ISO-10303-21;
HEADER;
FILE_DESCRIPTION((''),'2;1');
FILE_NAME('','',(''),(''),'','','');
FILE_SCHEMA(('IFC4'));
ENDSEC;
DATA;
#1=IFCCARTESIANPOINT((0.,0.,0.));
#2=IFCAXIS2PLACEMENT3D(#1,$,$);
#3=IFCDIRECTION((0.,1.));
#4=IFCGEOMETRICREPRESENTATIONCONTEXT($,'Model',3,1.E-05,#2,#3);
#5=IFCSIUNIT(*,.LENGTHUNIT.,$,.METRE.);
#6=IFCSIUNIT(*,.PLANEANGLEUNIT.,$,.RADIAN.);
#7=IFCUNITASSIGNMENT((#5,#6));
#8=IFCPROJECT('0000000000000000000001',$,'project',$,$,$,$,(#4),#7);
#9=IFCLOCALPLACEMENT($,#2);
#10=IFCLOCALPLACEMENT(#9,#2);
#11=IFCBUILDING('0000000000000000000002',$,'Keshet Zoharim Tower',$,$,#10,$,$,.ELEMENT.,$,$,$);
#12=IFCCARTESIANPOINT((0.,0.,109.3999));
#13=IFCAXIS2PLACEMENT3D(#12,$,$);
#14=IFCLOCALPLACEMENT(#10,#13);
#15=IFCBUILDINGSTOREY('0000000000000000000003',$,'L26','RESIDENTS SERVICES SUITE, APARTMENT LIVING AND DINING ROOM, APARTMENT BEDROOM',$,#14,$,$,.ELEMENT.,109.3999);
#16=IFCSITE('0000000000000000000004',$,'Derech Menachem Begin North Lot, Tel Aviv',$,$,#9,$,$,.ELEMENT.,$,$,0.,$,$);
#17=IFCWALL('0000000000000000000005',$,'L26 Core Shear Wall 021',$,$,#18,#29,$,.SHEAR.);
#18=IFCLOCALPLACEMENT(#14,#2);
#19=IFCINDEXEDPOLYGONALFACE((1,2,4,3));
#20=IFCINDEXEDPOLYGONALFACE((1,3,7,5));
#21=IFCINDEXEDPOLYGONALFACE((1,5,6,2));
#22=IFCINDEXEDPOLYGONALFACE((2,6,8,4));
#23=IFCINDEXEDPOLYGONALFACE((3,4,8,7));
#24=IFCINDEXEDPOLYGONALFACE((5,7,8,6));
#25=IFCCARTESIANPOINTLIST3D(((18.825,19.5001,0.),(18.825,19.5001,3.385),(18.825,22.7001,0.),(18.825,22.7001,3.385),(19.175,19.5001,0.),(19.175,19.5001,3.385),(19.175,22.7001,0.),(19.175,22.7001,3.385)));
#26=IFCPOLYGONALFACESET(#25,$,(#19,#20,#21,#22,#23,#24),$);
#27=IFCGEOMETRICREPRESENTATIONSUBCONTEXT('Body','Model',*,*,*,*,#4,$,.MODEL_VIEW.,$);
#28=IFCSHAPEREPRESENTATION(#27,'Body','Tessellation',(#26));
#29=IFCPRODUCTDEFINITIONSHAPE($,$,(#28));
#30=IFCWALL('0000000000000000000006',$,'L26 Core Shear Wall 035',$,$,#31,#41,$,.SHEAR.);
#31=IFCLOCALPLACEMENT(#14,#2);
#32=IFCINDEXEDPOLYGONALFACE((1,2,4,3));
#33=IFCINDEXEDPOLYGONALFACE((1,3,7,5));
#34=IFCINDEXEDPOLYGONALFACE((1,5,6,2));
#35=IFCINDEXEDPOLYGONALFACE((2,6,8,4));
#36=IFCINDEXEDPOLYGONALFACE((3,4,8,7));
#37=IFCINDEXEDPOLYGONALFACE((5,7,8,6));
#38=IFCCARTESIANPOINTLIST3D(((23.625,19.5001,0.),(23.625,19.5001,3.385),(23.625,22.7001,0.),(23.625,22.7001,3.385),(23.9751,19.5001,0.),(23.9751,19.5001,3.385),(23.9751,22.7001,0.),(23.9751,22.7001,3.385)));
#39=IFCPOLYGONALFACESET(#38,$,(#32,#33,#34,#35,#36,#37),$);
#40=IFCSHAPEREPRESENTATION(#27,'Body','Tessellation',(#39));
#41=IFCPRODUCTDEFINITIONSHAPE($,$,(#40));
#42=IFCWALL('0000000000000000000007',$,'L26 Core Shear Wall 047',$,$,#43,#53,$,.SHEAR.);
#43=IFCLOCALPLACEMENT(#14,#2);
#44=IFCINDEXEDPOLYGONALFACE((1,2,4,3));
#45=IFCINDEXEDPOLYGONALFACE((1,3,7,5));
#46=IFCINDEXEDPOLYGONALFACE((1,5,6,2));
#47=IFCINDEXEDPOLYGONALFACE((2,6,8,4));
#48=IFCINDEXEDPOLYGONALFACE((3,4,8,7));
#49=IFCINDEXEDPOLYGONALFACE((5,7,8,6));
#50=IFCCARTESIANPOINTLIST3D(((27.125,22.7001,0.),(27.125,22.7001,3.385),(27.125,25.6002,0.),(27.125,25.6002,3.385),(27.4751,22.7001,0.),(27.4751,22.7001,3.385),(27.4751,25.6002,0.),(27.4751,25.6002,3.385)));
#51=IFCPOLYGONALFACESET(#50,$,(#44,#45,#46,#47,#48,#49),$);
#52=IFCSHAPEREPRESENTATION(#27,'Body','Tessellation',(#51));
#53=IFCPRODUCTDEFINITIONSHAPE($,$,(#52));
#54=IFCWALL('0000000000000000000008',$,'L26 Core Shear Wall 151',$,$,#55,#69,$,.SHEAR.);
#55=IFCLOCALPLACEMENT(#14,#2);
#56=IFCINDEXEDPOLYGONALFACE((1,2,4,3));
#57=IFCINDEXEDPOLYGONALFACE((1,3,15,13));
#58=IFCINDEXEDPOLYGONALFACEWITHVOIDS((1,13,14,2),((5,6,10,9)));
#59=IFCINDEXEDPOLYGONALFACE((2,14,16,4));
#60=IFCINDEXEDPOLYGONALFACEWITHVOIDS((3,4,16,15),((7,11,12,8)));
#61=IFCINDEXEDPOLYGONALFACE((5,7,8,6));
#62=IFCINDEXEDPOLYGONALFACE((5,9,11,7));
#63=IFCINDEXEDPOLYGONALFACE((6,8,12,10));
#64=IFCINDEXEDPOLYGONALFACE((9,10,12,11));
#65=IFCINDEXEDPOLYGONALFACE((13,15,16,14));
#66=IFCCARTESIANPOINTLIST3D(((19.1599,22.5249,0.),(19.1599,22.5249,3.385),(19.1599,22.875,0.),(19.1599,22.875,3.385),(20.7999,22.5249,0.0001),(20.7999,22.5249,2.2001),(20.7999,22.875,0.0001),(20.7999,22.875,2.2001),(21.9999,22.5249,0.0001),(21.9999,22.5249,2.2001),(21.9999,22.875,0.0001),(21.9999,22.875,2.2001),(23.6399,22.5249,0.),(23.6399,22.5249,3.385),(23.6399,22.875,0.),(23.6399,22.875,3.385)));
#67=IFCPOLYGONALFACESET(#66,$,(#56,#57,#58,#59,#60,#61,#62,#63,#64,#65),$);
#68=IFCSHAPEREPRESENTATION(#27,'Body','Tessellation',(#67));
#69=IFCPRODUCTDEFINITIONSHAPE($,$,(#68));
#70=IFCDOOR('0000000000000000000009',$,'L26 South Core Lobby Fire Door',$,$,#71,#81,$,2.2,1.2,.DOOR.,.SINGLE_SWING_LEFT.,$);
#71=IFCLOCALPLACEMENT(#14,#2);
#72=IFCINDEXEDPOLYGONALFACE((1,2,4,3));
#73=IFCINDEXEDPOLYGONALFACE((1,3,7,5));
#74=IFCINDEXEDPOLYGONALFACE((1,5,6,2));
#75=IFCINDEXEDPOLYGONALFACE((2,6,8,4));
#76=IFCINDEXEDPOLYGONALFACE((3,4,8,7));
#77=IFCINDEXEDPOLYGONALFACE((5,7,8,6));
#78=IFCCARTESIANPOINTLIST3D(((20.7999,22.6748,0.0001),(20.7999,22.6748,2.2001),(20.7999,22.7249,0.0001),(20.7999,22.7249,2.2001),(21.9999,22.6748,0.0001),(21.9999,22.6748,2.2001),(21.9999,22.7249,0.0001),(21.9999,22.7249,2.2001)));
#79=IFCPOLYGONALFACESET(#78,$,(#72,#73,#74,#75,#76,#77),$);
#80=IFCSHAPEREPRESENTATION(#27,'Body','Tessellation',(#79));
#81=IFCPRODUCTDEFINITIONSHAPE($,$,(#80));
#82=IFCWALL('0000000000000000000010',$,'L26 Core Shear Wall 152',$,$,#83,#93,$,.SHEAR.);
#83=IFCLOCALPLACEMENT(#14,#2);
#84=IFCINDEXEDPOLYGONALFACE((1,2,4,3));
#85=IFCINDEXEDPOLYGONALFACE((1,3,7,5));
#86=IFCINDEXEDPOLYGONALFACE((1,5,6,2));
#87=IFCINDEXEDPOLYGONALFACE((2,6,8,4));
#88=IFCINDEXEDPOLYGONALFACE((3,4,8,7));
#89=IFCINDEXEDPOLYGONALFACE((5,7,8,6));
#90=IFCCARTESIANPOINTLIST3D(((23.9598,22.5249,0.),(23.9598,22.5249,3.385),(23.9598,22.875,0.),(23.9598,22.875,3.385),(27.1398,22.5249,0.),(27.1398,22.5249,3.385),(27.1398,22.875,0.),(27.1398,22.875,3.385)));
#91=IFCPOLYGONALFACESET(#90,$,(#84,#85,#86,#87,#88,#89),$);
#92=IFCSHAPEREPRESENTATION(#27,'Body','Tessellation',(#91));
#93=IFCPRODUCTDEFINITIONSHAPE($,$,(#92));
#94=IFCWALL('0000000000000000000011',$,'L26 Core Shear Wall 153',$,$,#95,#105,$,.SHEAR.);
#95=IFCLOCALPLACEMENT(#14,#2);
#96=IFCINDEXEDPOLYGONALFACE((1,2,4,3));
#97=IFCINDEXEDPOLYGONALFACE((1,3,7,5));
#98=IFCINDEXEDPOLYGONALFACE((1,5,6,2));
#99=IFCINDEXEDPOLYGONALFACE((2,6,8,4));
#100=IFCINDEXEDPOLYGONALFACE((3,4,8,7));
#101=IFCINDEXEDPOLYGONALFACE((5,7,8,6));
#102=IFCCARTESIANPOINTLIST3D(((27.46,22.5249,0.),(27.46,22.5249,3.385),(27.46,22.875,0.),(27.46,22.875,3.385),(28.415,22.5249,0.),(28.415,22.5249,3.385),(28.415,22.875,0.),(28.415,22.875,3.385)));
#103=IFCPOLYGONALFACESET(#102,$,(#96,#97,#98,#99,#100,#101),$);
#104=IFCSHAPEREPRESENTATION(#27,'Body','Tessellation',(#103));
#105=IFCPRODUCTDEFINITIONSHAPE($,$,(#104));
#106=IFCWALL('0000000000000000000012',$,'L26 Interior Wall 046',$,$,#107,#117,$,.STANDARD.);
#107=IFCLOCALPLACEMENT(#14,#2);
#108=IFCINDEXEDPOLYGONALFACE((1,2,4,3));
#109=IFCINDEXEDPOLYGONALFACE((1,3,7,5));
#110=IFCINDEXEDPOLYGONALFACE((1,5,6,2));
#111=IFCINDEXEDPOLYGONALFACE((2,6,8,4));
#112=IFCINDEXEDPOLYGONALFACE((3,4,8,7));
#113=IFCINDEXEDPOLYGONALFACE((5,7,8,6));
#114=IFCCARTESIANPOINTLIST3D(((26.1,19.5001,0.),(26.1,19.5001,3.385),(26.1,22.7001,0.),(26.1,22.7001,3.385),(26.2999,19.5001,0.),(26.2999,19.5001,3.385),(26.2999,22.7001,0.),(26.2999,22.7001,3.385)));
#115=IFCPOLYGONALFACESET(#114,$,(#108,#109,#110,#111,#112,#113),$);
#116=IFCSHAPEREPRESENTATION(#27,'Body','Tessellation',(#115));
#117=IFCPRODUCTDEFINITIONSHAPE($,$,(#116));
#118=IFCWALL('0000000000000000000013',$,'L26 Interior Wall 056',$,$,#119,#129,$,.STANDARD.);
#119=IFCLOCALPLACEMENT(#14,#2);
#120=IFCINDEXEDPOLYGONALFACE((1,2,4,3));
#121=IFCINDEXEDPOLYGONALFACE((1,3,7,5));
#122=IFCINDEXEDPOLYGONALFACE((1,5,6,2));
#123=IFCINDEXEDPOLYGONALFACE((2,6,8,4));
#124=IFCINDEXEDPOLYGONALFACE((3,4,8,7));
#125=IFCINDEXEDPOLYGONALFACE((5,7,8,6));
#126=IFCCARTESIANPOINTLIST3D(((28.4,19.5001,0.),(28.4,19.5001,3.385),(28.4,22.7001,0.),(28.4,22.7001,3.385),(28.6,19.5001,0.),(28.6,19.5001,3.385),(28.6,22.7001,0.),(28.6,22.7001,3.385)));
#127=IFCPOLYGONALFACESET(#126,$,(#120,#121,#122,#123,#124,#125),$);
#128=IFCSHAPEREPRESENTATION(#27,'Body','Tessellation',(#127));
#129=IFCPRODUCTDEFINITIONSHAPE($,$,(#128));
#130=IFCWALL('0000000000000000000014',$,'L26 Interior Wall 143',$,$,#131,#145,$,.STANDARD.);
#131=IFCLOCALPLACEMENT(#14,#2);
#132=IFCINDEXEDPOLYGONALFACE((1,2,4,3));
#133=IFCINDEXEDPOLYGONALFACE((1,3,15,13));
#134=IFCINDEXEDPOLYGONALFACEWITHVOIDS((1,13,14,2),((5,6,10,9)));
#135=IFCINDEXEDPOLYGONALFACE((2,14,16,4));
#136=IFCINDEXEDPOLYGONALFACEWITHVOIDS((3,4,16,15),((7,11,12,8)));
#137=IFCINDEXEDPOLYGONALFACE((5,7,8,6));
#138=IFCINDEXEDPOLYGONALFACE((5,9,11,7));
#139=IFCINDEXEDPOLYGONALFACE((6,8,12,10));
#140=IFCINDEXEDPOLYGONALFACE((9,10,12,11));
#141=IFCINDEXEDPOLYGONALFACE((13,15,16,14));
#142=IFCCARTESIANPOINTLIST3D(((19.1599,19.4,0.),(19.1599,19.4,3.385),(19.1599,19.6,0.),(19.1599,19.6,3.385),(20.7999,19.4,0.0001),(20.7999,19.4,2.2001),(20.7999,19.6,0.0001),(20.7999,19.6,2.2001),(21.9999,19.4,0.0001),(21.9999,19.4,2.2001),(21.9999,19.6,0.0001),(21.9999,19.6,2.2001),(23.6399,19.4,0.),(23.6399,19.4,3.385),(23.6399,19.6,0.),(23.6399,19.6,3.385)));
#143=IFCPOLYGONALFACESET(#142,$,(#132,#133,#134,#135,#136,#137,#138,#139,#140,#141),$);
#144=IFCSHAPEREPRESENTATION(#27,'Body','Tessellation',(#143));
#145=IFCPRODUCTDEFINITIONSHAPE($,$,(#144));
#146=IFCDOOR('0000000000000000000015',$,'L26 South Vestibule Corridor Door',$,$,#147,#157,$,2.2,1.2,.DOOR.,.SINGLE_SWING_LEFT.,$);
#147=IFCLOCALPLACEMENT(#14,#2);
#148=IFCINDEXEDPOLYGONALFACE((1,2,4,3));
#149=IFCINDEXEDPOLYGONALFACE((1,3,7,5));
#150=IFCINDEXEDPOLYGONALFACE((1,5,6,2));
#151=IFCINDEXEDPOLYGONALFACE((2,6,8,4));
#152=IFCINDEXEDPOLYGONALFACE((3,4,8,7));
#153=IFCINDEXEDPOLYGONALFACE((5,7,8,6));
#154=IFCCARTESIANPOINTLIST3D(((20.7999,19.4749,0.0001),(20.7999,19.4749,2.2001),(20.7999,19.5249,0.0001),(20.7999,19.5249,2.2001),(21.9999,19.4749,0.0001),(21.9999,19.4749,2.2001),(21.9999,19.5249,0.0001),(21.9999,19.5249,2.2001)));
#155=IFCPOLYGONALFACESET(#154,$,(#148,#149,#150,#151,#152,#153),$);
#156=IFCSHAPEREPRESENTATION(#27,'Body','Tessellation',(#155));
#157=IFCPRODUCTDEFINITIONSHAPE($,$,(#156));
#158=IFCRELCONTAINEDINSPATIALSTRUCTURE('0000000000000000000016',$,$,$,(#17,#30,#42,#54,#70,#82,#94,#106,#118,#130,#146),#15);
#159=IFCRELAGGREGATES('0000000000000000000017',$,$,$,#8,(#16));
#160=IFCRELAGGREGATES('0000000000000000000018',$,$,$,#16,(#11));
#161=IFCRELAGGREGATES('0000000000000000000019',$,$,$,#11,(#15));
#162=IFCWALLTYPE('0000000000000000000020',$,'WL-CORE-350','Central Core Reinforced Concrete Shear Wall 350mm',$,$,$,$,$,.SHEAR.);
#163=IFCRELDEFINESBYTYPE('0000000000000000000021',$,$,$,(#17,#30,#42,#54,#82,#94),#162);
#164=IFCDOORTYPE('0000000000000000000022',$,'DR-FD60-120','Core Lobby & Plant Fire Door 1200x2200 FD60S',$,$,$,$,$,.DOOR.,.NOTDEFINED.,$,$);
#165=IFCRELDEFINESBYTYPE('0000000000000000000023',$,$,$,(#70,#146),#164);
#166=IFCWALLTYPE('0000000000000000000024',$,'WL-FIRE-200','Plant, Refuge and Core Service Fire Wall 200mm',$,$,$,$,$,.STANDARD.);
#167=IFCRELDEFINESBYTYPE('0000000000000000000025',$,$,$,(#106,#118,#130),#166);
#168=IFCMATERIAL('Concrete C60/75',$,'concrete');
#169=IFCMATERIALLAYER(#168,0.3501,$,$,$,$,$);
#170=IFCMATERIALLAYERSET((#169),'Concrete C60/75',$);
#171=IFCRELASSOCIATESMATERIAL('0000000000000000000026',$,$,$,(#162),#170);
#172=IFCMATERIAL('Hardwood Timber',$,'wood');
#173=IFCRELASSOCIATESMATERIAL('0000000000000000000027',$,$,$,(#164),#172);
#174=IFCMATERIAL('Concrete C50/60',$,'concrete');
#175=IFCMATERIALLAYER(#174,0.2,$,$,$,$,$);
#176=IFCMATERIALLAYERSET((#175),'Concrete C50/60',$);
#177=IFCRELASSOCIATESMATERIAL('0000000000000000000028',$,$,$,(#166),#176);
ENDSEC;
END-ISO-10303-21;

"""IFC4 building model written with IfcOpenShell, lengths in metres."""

from ifc_helpers import new_model, si_unit, direction, frame, frame_2d, origin, place, context, subcontext, project, spatial, rectangle, extrude, material, layer, layer_set, type_object, element, fill, save


model = new_model("IFC4")

# Units and contexts
model_context = context("Model", 3, precision=1e-05, world=origin(), true_north=direction((0.0, 1.0)))
body_context = subcontext(model_context, "Body", "Model", "MODEL_VIEW")
ifc_project = project(units=[si_unit("LENGTHUNIT", "METRE"), si_unit("PLANEANGLEUNIT", "RADIAN")], contexts=[model_context])

# Site, building, storey
site_placement = place(None, origin())
site = spatial("IfcSite", under=ifc_project, at=site_placement, Name="Derech Menachem Begin North Lot, Tel Aviv", CompositionType="ELEMENT", RefElevation=0.0)
building_placement = place(site_placement, origin())
building = spatial("IfcBuilding", under=site, at=building_placement, Name="Keshet Zoharim Tower", CompositionType="ELEMENT")
storey_placement = place(building_placement, frame((0.0, 0.0, 109.3999)))
storey = spatial("IfcBuildingStorey", under=building, at=storey_placement, Name="L26", Description="RESIDENTS SERVICES SUITE, APARTMENT LIVING AND DINING ROOM, APARTMENT BEDROOM", CompositionType="ELEMENT", Elevation=109.3999)

# Wall
ifc_material_1 = material(Name="Concrete C60/75", Category="concrete")
ifc_layer_1 = layer(ifc_material_1, 0.3501)
ifc_layer_set_1 = layer_set([ifc_layer_1], Name="Concrete C60/75")
wall_type_1 = type_object("IfcWallType", Name="WL-CORE-350", Description="Central Core Reinforced Concrete Shear Wall 350mm", PredefinedType="SHEAR", material=ifc_layer_set_1)
wall_1_placement = place(storey_placement, frame((19.0, 19.5, 0.0), z_axis=(0.0, 0.0, 1.0), x_axis=(0.0, 1.0, 0.0)))
element("IfcWall", 1, at=wall_1_placement, inside=storey, type_object=wall_type_1, Name="L26 Core Shear Wall 021", PredefinedType="SHEAR", context=body_context, shape_type="SweptSolid", body=[
    extrude(rectangle(XDim=3.2, YDim=0.3501, at=frame_2d((1.6001, 0.0))), origin(), (0.0, 0.0, 1.0), 3.385),
])

# Shared definitions
ifc_material_2 = material(Name="Hardwood Timber", Category="wood")

# Wall
wall_2_placement = place(storey_placement, frame((23.8, 19.5, 0.0), z_axis=(0.0, 0.0, 1.0), x_axis=(0.0, 1.0, 0.0)))
element("IfcWall", 2, at=wall_2_placement, inside=storey, type_object=wall_type_1, Name="L26 Core Shear Wall 035", PredefinedType="SHEAR", context=body_context, shape_type="SweptSolid", body=[
    extrude(rectangle(XDim=3.2, YDim=0.3501, at=frame_2d((1.6001, 0.0))), origin(), (0.0, 0.0, 1.0), 3.385),
])

# Wall
wall_3_placement = place(storey_placement, frame((27.3, 22.7, 0.0), z_axis=(0.0, 0.0, 1.0), x_axis=(0.0, 1.0, 0.0)))
element("IfcWall", 3, at=wall_3_placement, inside=storey, type_object=wall_type_1, Name="L26 Core Shear Wall 047", PredefinedType="SHEAR", context=body_context, shape_type="SweptSolid", body=[
    extrude(rectangle(XDim=2.9001, YDim=0.3501, at=frame_2d((1.4502, 0.0))), origin(), (0.0, 0.0, 1.0), 3.385),
])

# Wall, opening, door
wall_4_placement = place(storey_placement, frame((19.1599, 22.7, 0.0), z_axis=(0.0, 0.0, 1.0), x_axis=(1.0, 0.0, 0.0)))
wall_4 = element("IfcWall", 4, at=wall_4_placement, inside=storey, type_object=wall_type_1, Name="L26 Core Shear Wall 151", PredefinedType="SHEAR", context=body_context, shape_type="SweptSolid", body=[
    extrude(rectangle(XDim=4.48, YDim=0.3501, at=frame_2d((2.24, 0.0))), origin(), (0.0, 0.0, 1.0), 3.385),
])
opening_1_placement = place(wall_4_placement, frame((1.6399, 0.0, 0.0)))
opening_1 = element("IfcOpeningElement", 5, at=opening_1_placement, cuts=wall_4, PredefinedType="OPENING", context=body_context, shape_type="SweptSolid", body=[
    extrude(rectangle(XDim=1.2, YDim=2.2, at=frame_2d((0.6001, 1.1001))), frame((0.0, 0.1851, 0.0), z_axis=(0.0, -1.0, 0.0), x_axis=(1.0, 0.0, 0.0)), (0.0, 0.0, 1.0), 0.3701),
])
door_type_1 = type_object("IfcDoorType", Name="DR-FD60-120", Description="Core Lobby & Plant Fire Door 1200x2200 FD60S", OperationType="NOTDEFINED", PredefinedType="DOOR", material=ifc_material_2)
door_1_placement = place(opening_1_placement, origin())
door_1 = element("IfcDoor", 6, at=door_1_placement, inside=storey, type_object=door_type_1, Name="L26 South Core Lobby Fire Door", OperationType="SINGLE_SWING_LEFT", OverallHeight=2.2, OverallWidth=1.2, PredefinedType="DOOR", context=body_context, shape_type="SweptSolid", body=[
    extrude(rectangle(XDim=1.2, YDim=2.2, at=frame_2d((0.6001, 1.1001))), frame((0.0, 0.0249, 0.0), z_axis=(0.0, -1.0, 0.0), x_axis=(1.0, 0.0, 0.0)), (0.0, 0.0, 1.0), 0.05),
])
fill(opening_1, door_1)

# Walls
wall_5_placement = place(storey_placement, frame((23.96, 22.7, 0.0), z_axis=(0.0, 0.0, 1.0), x_axis=(1.0, 0.0, 0.0)))
element("IfcWall", 7, at=wall_5_placement, inside=storey, type_object=wall_type_1, Name="L26 Core Shear Wall 152", PredefinedType="SHEAR", context=body_context, shape_type="SweptSolid", body=[
    extrude(rectangle(XDim=3.1799, YDim=0.3501, at=frame_2d((1.5898, 0.0))), origin(), (0.0, 0.0, 1.0), 3.385),
])
wall_6_placement = place(storey_placement, frame((27.46, 22.7, 0.0), z_axis=(0.0, 0.0, 1.0), x_axis=(1.0, 0.0, 0.0)))
element("IfcWall", 8, at=wall_6_placement, inside=storey, type_object=wall_type_1, Name="L26 Core Shear Wall 153", PredefinedType="SHEAR", context=body_context, shape_type="SweptSolid", body=[
    extrude(rectangle(XDim=0.9551, YDim=0.3501, at=frame_2d((0.4775, 0.0))), origin(), (0.0, 0.0, 1.0), 3.385),
])
ifc_material_3 = material(Name="Concrete C50/60", Category="concrete")
ifc_layer_2 = layer(ifc_material_3, 0.2)
ifc_layer_set_2 = layer_set([ifc_layer_2], Name="Concrete C50/60")
wall_type_2 = type_object("IfcWallType", Name="WL-FIRE-200", Description="Plant, Refuge and Core Service Fire Wall 200mm", PredefinedType="STANDARD", material=ifc_layer_set_2)
for number, where, z_axis, x_axis, name in (
    (9, (26.2, 19.5, 0.0), (0.0, 0.0, 1.0), (0.0, 1.0, 0.0), "L26 Interior Wall 046"),
    (10, (28.5, 19.5, 0.0), (0.0, 0.0, 1.0), (0.0, 1.0, 0.0), "L26 Interior Wall 056"),
):
    element("IfcWall", number, at=place(storey_placement, frame(where, z_axis=z_axis, x_axis=x_axis)), inside=storey, type_object=wall_type_2, Name=name, PredefinedType="STANDARD", context=body_context, shape_type="SweptSolid", body=[
        extrude(rectangle(XDim=3.2, YDim=0.2, at=frame_2d((1.6001, 0.0))), origin(), (0.0, 0.0, 1.0), 3.385),
    ])

# Wall, opening, door
wall_7_placement = place(storey_placement, frame((19.1599, 19.5, 0.0), z_axis=(0.0, 0.0, 1.0), x_axis=(1.0, 0.0, 0.0)))
wall_7 = element("IfcWall", 11, at=wall_7_placement, inside=storey, type_object=wall_type_2, Name="L26 Interior Wall 143", PredefinedType="STANDARD", context=body_context, shape_type="SweptSolid", body=[
    extrude(rectangle(XDim=4.48, YDim=0.2, at=frame_2d((2.24, 0.0))), origin(), (0.0, 0.0, 1.0), 3.385),
])
opening_2_placement = place(wall_7_placement, frame((1.6399, 0.0, 0.0)))
opening_2 = element("IfcOpeningElement", 12, at=opening_2_placement, cuts=wall_7, PredefinedType="OPENING", context=body_context, shape_type="SweptSolid", body=[
    extrude(rectangle(XDim=1.2, YDim=2.2, at=frame_2d((0.6001, 1.1001))), frame((0.0, 0.1099, 0.0), z_axis=(0.0, -1.0, 0.0), x_axis=(1.0, 0.0, 0.0)), (0.0, 0.0, 1.0), 0.22),
])
door_2_placement = place(opening_2_placement, origin())
door_2 = element("IfcDoor", 13, at=door_2_placement, inside=storey, type_object=door_type_1, Name="L26 South Vestibule Corridor Door", OperationType="SINGLE_SWING_LEFT", OverallHeight=2.2, OverallWidth=1.2, PredefinedType="DOOR", context=body_context, shape_type="SweptSolid", body=[
    extrude(rectangle(XDim=1.2, YDim=2.2, at=frame_2d((0.6001, 1.1001))), frame((0.0, 0.0249, 0.0), z_axis=(0.0, -1.0, 0.0), x_axis=(1.0, 0.0, 0.0)), (0.0, 0.0, 1.0), 0.05),
])
fill(opening_2, door_2)

save(model, "model.ifc")
